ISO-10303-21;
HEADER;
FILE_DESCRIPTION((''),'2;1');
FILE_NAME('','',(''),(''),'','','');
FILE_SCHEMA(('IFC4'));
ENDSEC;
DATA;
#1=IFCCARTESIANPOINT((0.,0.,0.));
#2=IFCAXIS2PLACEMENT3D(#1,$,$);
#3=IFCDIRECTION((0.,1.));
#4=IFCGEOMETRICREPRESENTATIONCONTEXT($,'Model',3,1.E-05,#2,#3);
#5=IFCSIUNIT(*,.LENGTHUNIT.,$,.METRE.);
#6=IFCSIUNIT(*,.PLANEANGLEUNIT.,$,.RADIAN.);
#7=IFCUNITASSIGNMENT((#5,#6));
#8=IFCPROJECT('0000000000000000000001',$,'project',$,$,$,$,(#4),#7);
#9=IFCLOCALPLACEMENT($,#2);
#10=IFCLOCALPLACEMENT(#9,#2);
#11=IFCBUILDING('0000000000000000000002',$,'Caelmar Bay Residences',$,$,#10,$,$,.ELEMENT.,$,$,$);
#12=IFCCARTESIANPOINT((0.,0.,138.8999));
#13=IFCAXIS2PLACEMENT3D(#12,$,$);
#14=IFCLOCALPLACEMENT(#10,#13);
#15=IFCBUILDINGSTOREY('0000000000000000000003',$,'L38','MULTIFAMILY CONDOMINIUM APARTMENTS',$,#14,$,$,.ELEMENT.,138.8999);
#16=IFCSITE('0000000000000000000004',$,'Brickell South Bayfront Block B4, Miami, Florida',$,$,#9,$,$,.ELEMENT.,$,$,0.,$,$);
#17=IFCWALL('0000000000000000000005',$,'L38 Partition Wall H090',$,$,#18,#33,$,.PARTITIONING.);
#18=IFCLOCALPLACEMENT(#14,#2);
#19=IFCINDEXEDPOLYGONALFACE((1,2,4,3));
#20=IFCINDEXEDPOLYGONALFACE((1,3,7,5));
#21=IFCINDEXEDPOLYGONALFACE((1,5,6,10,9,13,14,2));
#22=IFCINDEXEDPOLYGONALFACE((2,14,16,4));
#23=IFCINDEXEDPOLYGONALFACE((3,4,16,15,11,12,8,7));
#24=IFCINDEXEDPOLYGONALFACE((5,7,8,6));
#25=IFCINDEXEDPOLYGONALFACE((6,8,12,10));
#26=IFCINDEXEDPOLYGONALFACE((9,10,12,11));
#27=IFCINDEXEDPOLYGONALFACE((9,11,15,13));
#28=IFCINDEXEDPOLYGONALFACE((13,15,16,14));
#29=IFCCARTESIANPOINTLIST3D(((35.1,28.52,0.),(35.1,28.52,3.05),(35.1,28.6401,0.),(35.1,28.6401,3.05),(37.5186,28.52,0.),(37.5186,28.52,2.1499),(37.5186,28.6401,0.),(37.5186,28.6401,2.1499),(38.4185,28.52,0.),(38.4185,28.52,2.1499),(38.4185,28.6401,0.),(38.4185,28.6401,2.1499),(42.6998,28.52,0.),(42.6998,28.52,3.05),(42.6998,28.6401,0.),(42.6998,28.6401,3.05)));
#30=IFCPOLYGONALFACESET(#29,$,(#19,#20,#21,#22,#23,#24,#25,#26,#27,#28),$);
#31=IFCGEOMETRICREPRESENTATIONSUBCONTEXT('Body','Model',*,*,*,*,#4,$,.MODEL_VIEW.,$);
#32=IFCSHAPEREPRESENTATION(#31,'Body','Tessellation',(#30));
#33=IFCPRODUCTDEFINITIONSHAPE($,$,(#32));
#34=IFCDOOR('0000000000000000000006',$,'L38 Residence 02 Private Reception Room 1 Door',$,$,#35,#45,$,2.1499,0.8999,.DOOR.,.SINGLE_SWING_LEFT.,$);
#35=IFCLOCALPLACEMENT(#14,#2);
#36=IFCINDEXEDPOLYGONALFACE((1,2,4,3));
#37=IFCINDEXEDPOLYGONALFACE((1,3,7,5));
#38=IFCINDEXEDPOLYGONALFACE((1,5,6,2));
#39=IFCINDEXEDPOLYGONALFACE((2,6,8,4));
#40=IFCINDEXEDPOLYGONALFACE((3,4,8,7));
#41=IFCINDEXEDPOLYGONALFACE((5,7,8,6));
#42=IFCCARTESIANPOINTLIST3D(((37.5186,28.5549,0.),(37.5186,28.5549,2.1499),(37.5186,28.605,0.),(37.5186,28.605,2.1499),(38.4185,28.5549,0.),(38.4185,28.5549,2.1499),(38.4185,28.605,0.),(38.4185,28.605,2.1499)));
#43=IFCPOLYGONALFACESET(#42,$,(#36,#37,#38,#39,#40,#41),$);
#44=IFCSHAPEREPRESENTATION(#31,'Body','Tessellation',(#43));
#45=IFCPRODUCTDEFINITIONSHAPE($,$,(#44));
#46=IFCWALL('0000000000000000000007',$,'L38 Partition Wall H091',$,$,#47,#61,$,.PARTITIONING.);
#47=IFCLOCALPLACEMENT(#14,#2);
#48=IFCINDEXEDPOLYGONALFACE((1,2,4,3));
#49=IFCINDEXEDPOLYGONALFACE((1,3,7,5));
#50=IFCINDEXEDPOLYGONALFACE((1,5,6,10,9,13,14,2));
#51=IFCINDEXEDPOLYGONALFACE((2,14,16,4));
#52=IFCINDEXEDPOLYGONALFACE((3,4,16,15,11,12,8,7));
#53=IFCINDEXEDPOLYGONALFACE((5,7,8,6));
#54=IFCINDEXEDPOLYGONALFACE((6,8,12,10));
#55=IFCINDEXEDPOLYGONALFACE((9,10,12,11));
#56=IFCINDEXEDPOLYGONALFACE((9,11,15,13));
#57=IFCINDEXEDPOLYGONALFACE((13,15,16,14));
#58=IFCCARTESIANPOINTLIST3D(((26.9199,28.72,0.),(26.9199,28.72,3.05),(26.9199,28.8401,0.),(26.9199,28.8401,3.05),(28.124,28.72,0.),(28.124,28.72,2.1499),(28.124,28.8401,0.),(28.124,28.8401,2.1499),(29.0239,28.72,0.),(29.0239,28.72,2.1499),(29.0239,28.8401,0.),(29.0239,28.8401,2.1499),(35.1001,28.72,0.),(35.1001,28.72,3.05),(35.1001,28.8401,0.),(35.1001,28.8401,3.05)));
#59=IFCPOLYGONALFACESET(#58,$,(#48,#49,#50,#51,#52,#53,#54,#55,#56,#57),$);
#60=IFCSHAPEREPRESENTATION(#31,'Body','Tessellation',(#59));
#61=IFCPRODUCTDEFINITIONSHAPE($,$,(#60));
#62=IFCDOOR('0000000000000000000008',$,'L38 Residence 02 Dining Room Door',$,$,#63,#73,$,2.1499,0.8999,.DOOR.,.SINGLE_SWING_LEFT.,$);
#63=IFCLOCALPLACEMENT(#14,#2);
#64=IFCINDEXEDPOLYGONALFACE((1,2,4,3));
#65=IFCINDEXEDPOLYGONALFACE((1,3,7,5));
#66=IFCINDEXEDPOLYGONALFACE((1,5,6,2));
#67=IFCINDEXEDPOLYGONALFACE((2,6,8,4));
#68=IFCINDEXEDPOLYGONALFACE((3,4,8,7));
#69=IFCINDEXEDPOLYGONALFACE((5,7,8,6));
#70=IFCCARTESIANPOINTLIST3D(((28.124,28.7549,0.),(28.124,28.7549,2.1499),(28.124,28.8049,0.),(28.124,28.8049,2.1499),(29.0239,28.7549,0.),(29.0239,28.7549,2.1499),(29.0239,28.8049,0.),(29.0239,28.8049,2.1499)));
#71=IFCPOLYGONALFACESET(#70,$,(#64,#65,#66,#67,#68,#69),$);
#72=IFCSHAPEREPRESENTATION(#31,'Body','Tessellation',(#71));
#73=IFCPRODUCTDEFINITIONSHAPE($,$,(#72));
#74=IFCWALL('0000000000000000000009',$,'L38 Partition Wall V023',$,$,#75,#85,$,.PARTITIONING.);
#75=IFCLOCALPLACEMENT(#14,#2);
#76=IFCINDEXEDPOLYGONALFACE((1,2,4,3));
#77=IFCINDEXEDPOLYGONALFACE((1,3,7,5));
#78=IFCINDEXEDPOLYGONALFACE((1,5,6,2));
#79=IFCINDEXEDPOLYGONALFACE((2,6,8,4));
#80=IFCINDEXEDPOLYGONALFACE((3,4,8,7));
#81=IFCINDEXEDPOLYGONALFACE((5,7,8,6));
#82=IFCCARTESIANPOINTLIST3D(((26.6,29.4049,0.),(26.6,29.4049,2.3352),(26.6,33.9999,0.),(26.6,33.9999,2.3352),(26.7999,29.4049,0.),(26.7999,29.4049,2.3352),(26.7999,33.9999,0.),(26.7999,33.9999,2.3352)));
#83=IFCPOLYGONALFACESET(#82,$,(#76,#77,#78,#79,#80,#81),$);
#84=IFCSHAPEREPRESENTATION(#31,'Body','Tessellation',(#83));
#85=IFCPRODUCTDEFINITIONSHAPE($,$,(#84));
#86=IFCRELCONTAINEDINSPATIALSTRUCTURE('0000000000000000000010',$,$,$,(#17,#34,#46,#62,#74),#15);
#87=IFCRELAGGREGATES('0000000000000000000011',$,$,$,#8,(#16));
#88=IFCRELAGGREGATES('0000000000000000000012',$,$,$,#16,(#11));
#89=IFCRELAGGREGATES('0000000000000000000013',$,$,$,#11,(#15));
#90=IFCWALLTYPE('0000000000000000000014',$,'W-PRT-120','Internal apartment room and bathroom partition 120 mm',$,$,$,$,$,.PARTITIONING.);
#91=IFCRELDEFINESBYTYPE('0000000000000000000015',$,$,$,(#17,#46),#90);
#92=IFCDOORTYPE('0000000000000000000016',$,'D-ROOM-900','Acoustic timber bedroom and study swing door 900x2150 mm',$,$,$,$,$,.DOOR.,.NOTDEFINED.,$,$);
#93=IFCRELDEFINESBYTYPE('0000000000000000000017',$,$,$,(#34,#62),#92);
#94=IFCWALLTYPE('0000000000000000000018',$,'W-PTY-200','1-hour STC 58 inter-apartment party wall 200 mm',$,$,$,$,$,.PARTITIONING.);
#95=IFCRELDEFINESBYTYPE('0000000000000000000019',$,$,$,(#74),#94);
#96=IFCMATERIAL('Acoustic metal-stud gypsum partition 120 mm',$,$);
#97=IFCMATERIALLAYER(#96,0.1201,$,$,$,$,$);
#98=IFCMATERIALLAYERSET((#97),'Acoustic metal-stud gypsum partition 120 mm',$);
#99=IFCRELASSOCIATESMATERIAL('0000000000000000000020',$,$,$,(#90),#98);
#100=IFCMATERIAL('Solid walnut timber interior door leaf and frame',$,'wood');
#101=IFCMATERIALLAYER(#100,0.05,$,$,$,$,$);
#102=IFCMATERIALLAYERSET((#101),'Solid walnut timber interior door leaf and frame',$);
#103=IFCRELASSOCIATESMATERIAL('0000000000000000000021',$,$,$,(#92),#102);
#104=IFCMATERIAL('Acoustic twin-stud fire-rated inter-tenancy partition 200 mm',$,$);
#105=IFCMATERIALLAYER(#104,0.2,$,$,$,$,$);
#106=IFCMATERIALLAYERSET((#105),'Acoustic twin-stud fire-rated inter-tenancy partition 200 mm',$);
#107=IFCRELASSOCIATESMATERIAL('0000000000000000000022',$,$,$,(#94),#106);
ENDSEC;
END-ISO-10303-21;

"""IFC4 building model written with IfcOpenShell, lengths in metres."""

from ifc_helpers import new_model, si_unit, direction, frame, frame_2d, origin, place, context, subcontext, project, spatial, rectangle, extrude, material, layer, layer_set, type_object, element, fill, save


model = new_model("IFC4")

# Units and contexts
model_context = context("Model", 3, precision=1e-05, world=origin(), true_north=direction((0.0, 1.0)))
body_context = subcontext(model_context, "Body", "Model", "MODEL_VIEW")
ifc_project = project(units=[si_unit("LENGTHUNIT", "METRE"), si_unit("PLANEANGLEUNIT", "RADIAN")], contexts=[model_context])

# Site, building, storey
site_placement = place(None, origin())
site = spatial("IfcSite", under=ifc_project, at=site_placement, Name="Brickell South Bayfront Block B4, Miami, Florida", CompositionType="ELEMENT", RefElevation=0.0)
building_placement = place(site_placement, origin())
building = spatial("IfcBuilding", under=site, at=building_placement, Name="Caelmar Bay Residences", CompositionType="ELEMENT")
storey_placement = place(building_placement, frame((0.0, 0.0, 138.8999)))
storey = spatial("IfcBuildingStorey", under=building, at=storey_placement, Name="L38", Description="MULTIFAMILY CONDOMINIUM APARTMENTS", CompositionType="ELEMENT", Elevation=138.8999)

# Shared definitions
ifc_material_1 = material(Name="Acoustic metal-stud gypsum partition 120 mm")
ifc_layer_1 = layer(ifc_material_1, 0.1201)
ifc_layer_set_1 = layer_set([ifc_layer_1], Name="Acoustic metal-stud gypsum partition 120 mm")
wall_type_1 = type_object("IfcWallType", Name="W-PRT-120", Description="Internal apartment room and bathroom partition 120 mm", PredefinedType="PARTITIONING", material=ifc_layer_set_1)
ifc_material_2 = material(Name="Solid walnut timber interior door leaf and frame", Category="wood")
ifc_layer_2 = layer(ifc_material_2, 0.05)
ifc_layer_set_2 = layer_set([ifc_layer_2], Name="Solid walnut timber interior door leaf and frame")
door_type_1 = type_object("IfcDoorType", Name="D-ROOM-900", Description="Acoustic timber bedroom and study swing door 900x2150 mm", OperationType="NOTDEFINED", PredefinedType="DOOR", material=ifc_layer_set_2)

# Walls, openings, doors
wall_1_placement = place(storey_placement, frame((35.1001, 28.5801, 0.0), z_axis=(0.0, 0.0, 1.0), x_axis=(1.0, 0.0, 0.0)))
wall_1 = element("IfcWall", 1, at=wall_1_placement, inside=storey, type_object=wall_type_1, Name="L38 Partition Wall H090", PredefinedType="PARTITIONING", context=body_context, shape_type="SweptSolid", body=[
    extrude(rectangle(XDim=7.5999, YDim=0.1201, at=frame_2d((3.7998, 0.0))), origin(), (0.0, 0.0, 1.0), 3.05),
])
opening_1_placement = place(wall_1_placement, frame((2.4185, 0.0, 0.0)))
opening_1 = element("IfcOpeningElement", 2, at=opening_1_placement, cuts=wall_1, PredefinedType="OPENING", context=body_context, shape_type="SweptSolid", body=[
    extrude(rectangle(XDim=0.8999, YDim=2.1499, at=frame_2d((0.45, 1.075))), frame((0.0, 0.0701, 0.0), z_axis=(0.0, -1.0, 0.0), x_axis=(1.0, 0.0, 0.0)), (0.0, 0.0, 1.0), 0.1401),
])
door_1_placement = place(opening_1_placement, origin())
door_1 = element("IfcDoor", 3, at=door_1_placement, inside=storey, type_object=door_type_1, Name="L38 Residence 02 Private Reception Room 1 Door", OperationType="SINGLE_SWING_LEFT", OverallHeight=2.1499, OverallWidth=0.8999, PredefinedType="DOOR", context=body_context, shape_type="SweptSolid", body=[
    extrude(rectangle(XDim=0.8999, YDim=2.1499, at=frame_2d((0.45, 1.075))), frame((0.0, 0.0249, 0.0), z_axis=(0.0, -1.0, 0.0), x_axis=(1.0, 0.0, 0.0)), (0.0, 0.0, 1.0), 0.05),
])
fill(opening_1, door_1)
wall_2_placement = place(storey_placement, frame((26.9199, 28.78, 0.0), z_axis=(0.0, 0.0, 1.0), x_axis=(1.0, 0.0, 0.0)))
wall_2 = element("IfcWall", 4, at=wall_2_placement, inside=storey, type_object=wall_type_1, Name="L38 Partition Wall H091", PredefinedType="PARTITIONING", context=body_context, shape_type="SweptSolid", body=[
    extrude(rectangle(XDim=8.1802, YDim=0.1201, at=frame_2d((4.0901, 0.0))), origin(), (0.0, 0.0, 1.0), 3.05),
])
opening_2_placement = place(wall_2_placement, frame((1.2041, 0.0, 0.0)))
opening_2 = element("IfcOpeningElement", 5, at=opening_2_placement, cuts=wall_2, PredefinedType="OPENING", context=body_context, shape_type="SweptSolid", body=[
    extrude(rectangle(XDim=0.8999, YDim=2.1499, at=frame_2d((0.45, 1.075))), frame((0.0, 0.0701, 0.0), z_axis=(0.0, -1.0, 0.0), x_axis=(1.0, 0.0, 0.0)), (0.0, 0.0, 1.0), 0.1401),
])
door_2_placement = place(opening_2_placement, origin())
door_2 = element("IfcDoor", 6, at=door_2_placement, inside=storey, type_object=door_type_1, Name="L38 Residence 02 Dining Room Door", OperationType="SINGLE_SWING_LEFT", OverallHeight=2.1499, OverallWidth=0.8999, PredefinedType="DOOR", context=body_context, shape_type="SweptSolid", body=[
    extrude(rectangle(XDim=0.8999, YDim=2.1499, at=frame_2d((0.45, 1.075))), frame((0.0, 0.0249, 0.0), z_axis=(0.0, -1.0, 0.0), x_axis=(1.0, 0.0, 0.0)), (0.0, 0.0, 1.0), 0.05),
])
fill(opening_2, door_2)

# Wall
ifc_material_3 = material(Name="Acoustic twin-stud fire-rated inter-tenancy partition 200 mm")
ifc_layer_3 = layer(ifc_material_3, 0.2)
ifc_layer_set_3 = layer_set([ifc_layer_3], Name="Acoustic twin-stud fire-rated inter-tenancy partition 200 mm")
wall_type_2 = type_object("IfcWallType", Name="W-PTY-200", Description="1-hour STC 58 inter-apartment party wall 200 mm", PredefinedType="PARTITIONING", material=ifc_layer_set_3)
wall_3_placement = place(storey_placement, frame((26.7, 29.405, 0.0), z_axis=(0.0, 0.0, 1.0), x_axis=(0.0, 1.0, 0.0)))
element("IfcWall", 7, at=wall_3_placement, inside=storey, type_object=wall_type_2, Name="L38 Partition Wall V023", PredefinedType="PARTITIONING", context=body_context, shape_type="SweptSolid", body=[
    extrude(rectangle(XDim=4.595, YDim=0.2, at=frame_2d((2.2974, 0.0))), origin(), (0.0, 0.0, 1.0), 2.3352),
])

save(model, "model.ifc")
